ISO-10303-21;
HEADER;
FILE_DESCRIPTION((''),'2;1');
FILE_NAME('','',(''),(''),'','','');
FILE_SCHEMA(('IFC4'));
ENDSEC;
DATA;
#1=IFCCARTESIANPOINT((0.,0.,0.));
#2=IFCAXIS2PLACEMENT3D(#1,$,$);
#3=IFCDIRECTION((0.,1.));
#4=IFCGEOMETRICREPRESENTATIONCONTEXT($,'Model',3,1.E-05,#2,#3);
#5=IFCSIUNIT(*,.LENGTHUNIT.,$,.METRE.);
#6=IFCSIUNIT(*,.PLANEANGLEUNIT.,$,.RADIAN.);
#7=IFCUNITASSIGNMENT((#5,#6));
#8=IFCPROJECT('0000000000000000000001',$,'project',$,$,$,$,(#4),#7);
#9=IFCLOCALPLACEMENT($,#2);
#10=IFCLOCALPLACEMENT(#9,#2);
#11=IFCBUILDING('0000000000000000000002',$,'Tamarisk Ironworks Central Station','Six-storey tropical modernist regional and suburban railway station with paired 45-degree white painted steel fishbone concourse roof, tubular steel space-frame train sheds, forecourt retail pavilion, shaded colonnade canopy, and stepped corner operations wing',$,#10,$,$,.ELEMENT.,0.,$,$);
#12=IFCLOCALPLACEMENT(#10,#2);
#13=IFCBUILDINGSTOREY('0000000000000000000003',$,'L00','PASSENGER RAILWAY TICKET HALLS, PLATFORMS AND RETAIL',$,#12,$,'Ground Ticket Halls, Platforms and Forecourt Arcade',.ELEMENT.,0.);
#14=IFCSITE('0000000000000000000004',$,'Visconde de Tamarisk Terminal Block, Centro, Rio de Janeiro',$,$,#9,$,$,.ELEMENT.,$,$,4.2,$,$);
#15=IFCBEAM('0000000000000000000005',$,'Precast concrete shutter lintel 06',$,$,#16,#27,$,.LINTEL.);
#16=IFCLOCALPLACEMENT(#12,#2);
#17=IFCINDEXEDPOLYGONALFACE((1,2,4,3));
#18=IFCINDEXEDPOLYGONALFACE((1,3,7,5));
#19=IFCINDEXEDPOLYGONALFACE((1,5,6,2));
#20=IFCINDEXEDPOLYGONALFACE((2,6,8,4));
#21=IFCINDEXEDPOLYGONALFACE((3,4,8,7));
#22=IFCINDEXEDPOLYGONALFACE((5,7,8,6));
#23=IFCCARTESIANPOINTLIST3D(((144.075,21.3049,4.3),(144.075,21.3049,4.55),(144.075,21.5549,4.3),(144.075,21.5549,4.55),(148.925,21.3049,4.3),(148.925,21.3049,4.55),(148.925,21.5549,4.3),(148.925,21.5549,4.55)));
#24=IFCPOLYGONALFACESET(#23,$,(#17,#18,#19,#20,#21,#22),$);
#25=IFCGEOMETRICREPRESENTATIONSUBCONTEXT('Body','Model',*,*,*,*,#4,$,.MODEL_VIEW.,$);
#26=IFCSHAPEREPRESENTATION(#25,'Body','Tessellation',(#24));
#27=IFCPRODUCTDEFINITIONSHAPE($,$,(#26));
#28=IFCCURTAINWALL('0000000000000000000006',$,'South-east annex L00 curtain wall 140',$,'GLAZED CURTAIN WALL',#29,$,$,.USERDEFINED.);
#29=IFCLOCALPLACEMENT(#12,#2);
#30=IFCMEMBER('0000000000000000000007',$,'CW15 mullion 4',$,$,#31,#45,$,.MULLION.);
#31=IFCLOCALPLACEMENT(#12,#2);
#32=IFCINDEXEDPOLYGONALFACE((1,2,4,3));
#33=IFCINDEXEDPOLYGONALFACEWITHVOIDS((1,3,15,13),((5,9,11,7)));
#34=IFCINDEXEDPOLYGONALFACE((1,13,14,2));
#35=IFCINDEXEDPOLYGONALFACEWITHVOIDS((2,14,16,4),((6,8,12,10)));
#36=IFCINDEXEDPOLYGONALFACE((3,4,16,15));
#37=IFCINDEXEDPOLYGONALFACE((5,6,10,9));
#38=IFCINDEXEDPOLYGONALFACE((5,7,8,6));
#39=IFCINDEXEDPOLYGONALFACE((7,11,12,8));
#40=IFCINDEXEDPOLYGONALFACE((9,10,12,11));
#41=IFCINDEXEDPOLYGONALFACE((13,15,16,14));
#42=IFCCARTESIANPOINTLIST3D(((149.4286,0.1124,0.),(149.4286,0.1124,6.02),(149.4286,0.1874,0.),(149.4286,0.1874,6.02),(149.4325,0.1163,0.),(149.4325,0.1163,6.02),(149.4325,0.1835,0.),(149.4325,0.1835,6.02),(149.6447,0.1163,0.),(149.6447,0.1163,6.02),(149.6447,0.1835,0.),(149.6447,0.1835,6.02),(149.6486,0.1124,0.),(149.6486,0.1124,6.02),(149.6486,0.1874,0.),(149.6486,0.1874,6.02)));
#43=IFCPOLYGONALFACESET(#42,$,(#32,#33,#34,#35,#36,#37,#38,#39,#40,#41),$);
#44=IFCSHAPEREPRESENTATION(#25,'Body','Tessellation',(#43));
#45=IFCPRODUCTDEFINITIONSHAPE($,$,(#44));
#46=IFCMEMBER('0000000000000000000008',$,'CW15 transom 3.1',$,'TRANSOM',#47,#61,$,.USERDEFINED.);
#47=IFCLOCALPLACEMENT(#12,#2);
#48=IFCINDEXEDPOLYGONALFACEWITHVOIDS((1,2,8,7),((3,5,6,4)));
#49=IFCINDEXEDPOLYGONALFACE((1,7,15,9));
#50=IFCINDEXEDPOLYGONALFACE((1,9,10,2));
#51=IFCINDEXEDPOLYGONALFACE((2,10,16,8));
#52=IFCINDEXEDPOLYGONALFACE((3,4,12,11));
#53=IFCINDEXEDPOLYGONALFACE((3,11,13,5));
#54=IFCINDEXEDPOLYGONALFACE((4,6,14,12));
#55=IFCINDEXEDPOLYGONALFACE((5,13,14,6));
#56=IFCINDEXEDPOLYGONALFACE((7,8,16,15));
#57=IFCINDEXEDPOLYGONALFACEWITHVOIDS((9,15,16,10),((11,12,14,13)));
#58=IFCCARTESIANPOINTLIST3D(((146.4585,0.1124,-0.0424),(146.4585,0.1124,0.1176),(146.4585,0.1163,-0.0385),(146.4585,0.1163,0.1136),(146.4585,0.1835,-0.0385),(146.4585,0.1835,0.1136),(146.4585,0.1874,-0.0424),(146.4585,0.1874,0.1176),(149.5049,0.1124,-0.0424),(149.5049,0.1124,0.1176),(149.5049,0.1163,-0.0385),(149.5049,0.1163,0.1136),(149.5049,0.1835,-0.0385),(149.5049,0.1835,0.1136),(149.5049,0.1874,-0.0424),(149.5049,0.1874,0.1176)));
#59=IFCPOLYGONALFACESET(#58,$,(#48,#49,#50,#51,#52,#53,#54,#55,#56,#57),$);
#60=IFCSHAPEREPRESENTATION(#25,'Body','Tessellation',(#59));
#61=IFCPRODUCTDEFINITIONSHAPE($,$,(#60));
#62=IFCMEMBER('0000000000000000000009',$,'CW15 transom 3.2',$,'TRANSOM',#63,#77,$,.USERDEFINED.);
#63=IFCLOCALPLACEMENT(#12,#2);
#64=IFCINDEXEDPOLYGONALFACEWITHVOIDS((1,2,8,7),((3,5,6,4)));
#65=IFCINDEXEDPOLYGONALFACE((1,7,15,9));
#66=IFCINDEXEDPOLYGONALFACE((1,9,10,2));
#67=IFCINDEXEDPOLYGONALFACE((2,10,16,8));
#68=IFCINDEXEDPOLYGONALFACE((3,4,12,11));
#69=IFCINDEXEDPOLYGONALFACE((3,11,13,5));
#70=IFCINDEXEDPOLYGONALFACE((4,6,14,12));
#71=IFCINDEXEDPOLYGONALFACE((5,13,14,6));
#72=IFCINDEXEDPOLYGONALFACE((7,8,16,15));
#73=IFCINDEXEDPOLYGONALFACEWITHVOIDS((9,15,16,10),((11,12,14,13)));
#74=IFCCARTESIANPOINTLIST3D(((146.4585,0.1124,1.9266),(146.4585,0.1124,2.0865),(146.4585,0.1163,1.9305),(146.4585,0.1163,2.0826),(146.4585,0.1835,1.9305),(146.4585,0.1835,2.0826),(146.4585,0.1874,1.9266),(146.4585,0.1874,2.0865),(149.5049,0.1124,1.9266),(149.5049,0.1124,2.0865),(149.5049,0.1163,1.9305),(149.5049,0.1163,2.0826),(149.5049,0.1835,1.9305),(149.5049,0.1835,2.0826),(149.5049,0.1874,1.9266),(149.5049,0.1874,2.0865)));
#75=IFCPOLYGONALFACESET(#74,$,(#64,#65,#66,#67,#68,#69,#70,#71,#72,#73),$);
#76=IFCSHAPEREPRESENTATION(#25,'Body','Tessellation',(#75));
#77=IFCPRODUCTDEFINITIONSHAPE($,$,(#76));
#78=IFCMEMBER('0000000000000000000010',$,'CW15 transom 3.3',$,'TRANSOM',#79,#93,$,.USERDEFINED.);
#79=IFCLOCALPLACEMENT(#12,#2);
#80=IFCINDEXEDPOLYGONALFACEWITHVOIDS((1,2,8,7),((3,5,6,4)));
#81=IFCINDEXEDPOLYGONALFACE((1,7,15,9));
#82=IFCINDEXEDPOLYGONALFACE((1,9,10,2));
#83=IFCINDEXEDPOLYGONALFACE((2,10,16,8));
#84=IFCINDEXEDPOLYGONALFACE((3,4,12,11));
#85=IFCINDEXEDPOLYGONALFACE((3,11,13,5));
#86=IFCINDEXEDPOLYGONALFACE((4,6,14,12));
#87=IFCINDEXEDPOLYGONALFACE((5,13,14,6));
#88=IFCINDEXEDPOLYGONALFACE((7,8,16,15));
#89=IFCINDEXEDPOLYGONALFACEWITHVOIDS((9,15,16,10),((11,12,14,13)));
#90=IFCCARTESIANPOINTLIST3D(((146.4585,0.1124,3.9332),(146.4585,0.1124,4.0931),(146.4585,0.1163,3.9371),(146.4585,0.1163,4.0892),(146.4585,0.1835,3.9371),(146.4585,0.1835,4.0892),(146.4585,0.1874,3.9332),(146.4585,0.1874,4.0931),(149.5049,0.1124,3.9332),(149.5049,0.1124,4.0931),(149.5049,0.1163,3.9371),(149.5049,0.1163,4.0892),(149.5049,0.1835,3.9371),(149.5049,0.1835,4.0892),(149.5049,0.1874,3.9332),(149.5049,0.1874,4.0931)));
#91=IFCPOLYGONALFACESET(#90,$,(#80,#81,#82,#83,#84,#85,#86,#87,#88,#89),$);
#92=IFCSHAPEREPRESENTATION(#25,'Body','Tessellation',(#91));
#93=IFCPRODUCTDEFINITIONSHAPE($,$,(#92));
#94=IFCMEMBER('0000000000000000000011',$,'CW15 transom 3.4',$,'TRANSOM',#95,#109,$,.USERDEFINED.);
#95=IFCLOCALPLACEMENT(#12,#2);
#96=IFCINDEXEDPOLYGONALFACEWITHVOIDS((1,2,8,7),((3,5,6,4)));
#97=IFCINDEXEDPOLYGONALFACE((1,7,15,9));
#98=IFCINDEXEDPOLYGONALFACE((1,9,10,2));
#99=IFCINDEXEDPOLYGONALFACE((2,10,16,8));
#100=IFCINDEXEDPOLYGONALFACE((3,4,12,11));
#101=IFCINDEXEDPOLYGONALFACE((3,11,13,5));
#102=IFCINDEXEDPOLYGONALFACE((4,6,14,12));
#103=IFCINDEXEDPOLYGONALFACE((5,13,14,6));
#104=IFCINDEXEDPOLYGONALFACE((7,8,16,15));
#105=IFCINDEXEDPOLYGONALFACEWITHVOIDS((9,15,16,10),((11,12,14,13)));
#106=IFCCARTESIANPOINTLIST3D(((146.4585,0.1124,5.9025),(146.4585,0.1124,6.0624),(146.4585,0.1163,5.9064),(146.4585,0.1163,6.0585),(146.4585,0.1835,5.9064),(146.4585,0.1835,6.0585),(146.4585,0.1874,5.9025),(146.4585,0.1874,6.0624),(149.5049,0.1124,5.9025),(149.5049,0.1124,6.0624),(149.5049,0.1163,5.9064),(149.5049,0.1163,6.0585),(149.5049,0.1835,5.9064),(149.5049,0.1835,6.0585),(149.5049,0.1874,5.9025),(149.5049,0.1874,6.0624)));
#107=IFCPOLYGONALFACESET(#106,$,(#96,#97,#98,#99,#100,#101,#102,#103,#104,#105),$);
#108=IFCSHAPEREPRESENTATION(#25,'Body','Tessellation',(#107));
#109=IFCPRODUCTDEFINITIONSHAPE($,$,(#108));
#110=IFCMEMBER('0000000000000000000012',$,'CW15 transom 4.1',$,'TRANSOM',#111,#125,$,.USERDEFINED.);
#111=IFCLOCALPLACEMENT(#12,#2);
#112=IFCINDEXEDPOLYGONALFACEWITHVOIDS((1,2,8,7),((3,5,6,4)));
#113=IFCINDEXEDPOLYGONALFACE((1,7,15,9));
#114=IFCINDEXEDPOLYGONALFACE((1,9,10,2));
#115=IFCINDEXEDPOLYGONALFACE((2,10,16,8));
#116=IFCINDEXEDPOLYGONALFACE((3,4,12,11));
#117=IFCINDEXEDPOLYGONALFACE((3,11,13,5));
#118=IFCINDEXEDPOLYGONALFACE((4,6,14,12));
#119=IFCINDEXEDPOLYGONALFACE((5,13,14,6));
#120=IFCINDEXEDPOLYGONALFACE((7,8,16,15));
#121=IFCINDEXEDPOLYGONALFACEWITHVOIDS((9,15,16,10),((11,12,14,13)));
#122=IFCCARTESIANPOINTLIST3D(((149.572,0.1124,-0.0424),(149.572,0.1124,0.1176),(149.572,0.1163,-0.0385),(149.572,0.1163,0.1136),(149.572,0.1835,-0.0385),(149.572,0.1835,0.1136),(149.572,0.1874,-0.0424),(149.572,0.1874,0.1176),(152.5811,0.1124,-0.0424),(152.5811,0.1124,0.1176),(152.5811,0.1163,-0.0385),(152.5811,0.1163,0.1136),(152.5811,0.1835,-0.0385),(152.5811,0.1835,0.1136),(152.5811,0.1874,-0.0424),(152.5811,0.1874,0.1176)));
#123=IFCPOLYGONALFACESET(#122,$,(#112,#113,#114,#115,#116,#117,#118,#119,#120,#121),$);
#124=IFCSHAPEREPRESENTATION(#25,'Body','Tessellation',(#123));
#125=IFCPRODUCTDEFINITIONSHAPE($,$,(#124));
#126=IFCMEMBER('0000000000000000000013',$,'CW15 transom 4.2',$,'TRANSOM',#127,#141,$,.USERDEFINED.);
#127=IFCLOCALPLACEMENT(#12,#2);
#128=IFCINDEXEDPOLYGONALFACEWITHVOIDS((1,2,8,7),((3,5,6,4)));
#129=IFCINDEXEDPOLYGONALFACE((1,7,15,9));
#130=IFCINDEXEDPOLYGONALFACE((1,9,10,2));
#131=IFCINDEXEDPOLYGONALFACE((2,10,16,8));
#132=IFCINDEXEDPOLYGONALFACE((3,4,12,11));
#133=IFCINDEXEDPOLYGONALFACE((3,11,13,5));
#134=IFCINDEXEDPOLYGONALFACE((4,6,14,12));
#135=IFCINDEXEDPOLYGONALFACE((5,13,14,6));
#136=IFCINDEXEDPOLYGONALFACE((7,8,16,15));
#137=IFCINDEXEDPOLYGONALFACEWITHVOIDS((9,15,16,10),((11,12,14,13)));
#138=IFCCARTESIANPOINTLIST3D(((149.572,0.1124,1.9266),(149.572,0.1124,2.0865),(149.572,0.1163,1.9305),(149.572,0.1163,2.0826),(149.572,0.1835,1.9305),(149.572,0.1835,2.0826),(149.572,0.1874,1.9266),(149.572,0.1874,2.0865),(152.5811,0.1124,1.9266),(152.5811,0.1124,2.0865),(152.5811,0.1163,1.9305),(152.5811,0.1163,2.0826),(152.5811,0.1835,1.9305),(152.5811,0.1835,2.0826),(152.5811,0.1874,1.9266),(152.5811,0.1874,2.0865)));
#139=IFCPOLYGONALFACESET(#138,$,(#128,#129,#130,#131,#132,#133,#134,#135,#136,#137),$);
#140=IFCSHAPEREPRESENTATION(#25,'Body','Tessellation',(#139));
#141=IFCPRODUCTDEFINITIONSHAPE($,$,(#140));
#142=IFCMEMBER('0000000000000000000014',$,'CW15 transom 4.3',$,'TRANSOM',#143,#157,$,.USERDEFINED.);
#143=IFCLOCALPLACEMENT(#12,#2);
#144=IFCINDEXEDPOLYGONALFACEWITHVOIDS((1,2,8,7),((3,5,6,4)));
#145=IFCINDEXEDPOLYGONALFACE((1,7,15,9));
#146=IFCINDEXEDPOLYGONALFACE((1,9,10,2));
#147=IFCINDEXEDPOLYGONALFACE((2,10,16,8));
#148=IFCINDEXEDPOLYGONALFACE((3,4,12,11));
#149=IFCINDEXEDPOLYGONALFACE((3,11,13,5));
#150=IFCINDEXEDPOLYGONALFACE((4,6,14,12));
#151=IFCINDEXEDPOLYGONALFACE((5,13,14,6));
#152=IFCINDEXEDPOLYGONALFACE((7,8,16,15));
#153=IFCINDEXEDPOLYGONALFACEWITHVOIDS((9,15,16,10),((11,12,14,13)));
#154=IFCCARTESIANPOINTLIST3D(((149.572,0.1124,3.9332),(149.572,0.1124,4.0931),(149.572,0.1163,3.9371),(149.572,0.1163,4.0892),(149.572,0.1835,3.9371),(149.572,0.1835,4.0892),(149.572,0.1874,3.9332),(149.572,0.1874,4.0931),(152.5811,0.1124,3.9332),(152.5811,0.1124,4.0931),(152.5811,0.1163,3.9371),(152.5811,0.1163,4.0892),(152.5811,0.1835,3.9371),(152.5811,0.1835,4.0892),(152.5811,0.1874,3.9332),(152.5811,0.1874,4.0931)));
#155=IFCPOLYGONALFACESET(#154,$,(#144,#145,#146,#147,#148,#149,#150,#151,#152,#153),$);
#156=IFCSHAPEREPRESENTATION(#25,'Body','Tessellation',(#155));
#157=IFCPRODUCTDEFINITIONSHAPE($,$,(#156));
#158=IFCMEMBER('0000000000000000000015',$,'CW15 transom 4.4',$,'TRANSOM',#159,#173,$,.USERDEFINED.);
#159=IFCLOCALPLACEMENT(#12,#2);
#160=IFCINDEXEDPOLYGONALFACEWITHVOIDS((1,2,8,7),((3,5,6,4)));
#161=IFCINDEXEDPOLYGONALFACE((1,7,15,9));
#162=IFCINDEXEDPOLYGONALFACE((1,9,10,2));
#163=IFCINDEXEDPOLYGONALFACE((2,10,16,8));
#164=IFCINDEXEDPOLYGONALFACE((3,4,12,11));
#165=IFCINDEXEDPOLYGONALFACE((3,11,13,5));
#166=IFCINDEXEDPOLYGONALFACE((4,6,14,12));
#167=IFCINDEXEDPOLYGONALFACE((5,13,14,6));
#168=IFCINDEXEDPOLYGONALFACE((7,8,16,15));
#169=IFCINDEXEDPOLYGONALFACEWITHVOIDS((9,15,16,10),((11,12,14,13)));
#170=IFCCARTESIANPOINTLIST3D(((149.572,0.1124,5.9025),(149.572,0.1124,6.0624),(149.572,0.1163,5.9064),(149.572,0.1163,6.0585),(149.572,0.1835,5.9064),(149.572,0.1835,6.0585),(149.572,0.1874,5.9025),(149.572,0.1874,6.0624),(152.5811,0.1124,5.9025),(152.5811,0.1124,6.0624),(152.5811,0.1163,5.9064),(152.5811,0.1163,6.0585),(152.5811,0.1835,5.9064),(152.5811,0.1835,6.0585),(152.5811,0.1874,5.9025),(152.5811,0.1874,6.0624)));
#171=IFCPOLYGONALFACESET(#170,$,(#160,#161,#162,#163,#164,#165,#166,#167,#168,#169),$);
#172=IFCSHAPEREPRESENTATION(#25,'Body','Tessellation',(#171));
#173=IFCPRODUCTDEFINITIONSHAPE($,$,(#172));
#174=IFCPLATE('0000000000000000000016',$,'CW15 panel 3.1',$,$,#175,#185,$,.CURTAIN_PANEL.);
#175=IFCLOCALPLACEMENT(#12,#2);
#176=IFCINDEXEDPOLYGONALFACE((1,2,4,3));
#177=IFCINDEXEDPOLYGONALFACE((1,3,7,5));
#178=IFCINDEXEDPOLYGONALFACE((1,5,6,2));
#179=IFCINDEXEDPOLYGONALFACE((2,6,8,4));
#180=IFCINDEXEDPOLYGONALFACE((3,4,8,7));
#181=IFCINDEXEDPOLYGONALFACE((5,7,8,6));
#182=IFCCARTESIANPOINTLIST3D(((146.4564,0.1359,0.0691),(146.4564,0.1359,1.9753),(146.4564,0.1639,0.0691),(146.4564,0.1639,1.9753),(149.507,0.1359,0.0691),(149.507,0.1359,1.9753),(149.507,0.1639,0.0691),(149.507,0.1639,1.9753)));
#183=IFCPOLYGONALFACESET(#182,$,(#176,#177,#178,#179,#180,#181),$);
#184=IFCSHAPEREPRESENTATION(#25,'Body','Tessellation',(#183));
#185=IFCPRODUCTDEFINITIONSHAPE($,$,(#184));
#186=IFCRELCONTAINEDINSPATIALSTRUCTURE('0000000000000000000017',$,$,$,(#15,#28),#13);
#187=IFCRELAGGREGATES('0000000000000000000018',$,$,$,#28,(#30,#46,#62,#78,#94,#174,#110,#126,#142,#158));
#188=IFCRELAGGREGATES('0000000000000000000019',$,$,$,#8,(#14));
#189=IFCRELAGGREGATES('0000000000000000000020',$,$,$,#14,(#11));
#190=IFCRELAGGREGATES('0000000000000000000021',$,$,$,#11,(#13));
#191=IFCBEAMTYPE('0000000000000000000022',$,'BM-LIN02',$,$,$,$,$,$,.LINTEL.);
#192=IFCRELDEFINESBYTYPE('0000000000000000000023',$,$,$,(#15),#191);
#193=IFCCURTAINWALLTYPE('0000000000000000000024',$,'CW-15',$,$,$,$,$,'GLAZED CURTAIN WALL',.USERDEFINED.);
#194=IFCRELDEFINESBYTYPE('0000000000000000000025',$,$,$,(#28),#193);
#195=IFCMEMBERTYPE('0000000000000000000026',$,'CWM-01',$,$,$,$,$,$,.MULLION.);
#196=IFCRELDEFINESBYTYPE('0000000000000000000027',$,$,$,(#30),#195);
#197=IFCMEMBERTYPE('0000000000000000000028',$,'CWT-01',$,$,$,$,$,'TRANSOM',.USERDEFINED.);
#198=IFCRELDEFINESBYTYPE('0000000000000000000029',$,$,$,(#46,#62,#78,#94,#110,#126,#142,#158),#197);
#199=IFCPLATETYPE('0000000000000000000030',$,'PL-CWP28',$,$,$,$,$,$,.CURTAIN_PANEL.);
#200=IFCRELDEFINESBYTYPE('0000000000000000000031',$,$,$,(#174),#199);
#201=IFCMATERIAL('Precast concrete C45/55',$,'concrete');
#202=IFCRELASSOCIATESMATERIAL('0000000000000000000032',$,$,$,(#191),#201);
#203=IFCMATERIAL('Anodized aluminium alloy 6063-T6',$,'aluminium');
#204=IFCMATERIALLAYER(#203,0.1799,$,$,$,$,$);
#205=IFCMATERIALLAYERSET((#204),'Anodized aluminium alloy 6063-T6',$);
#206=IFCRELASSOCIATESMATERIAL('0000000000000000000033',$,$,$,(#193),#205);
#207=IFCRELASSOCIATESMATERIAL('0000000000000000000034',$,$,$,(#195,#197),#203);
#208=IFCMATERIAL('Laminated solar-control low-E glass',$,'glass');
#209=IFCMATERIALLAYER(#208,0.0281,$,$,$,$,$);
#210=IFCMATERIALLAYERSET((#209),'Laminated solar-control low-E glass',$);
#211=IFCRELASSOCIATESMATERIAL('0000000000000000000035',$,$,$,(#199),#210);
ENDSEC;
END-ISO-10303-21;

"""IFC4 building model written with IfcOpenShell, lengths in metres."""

from ifc_helpers import new_model, si_unit, direction, frame, origin, origin_2d, place, context, subcontext, project, spatial, rectangle, hollow_rectangle, extrude, material, layer, layer_set, material_profile, profile_set, type_object, element, aggregate, save


model = new_model("IFC4")

# Units and contexts
model_context = context("Model", 3, precision=1e-05, world=origin(), true_north=direction((0.0, 1.0)))
body_context = subcontext(model_context, "Body", "Model", "MODEL_VIEW")
ifc_project = project(units=[si_unit("LENGTHUNIT", "METRE"), si_unit("PLANEANGLEUNIT", "RADIAN")], contexts=[model_context])

# Site, building, storey
site_placement = place(None, origin())
site = spatial("IfcSite", under=ifc_project, at=site_placement, Name="Visconde de Tamarisk Terminal Block, Centro, Rio de Janeiro", CompositionType="ELEMENT", RefElevation=4.2)
building_placement = place(site_placement, origin())
building = spatial("IfcBuilding", under=site, at=building_placement, Name="Tamarisk Ironworks Central Station", Description="Six-storey tropical modernist regional and suburban railway station with paired 45-degree white painted steel fishbone concourse roof, tubular steel space-frame train sheds, forecourt retail pavilion, shaded colonnade canopy, and stepped corner operations wing", CompositionType="ELEMENT", ElevationOfRefHeight=0.0)
storey_placement = place(building_placement, origin())
storey = spatial("IfcBuildingStorey", under=building, at=storey_placement, Name="L00", Description="PASSENGER RAILWAY TICKET HALLS, PLATFORMS AND RETAIL", LongName="Ground Ticket Halls, Platforms and Forecourt Arcade", CompositionType="ELEMENT", Elevation=0.0)

# Beam
ifc_material_1 = material(Name="Precast concrete C45/55", Category="concrete")
ifc_material_profile_1 = material_profile(ifc_material_1, rectangle(XDim=0.25, YDim=0.25, at=origin_2d()), Name="PC LINTEL 250x250")
ifc_profile_set_1 = profile_set([ifc_material_profile_1], Name="Precast concrete C45/55")
beam_type = type_object("IfcBeamType", Name="BM-LIN02", PredefinedType="LINTEL", material=ifc_profile_set_1)
beam_placement = place(storey_placement, frame((144.075, 21.4299, 4.425), z_axis=(1.0, 0.0, 0.0), x_axis=(0.0, 1.0, 0.0)))
element("IfcBeam", 1, at=beam_placement, inside=storey, type_object=beam_type, Name="Precast concrete shutter lintel 06", PredefinedType="LINTEL", context=body_context, shape_type="SweptSolid", body=[
    extrude(rectangle(XDim=0.25, YDim=0.25, at=origin_2d()), origin(), (0.0, 0.0, 1.0), 4.8501),
])

# Curtain wall, members, plate
ifc_material_2 = material(Name="Anodized aluminium alloy 6063-T6", Category="aluminium")
ifc_layer_1 = layer(ifc_material_2, 0.1799)
ifc_layer_set_1 = layer_set([ifc_layer_1], Name="Anodized aluminium alloy 6063-T6")
curtain_wall_type = type_object("IfcCurtainWallType", Name="CW-15", ElementType="GLAZED CURTAIN WALL", PredefinedType="USERDEFINED", material=ifc_layer_set_1)
curtain_wall_placement = place(storey_placement, origin())
curtain_wall = element("IfcCurtainWall", 2, at=curtain_wall_placement, inside=storey, type_object=curtain_wall_type, Name="South-east annex L00 curtain wall 140", ObjectType="GLAZED CURTAIN WALL", PredefinedType="USERDEFINED")
ifc_material_profile_2 = material_profile(ifc_material_2, hollow_rectangle(XDim=0.075, YDim=0.22, WallThickness=0.0039, at=origin_2d()), Name="ALUM 220x75")
ifc_profile_set_2 = profile_set([ifc_material_profile_2], Name="Anodized aluminium alloy 6063-T6")
member_type_1 = type_object("IfcMemberType", Name="CWM-01", PredefinedType="MULLION", material=ifc_profile_set_2)
member_1_placement = place(storey_placement, frame((149.5386, 0.1499, 0.0), z_axis=(0.0, 0.0, 1.0), x_axis=(0.0, 1.0, 0.0)))
member_1 = element("IfcMember", 3, at=member_1_placement, type_object=member_type_1, Name="CW15 mullion 4", PredefinedType="MULLION", context=body_context, shape_type="SweptSolid", body=[
    extrude(hollow_rectangle(XDim=0.075, YDim=0.22, WallThickness=0.0039, at=origin_2d()), origin(), (0.0, 0.0, 1.0), 6.02),
])
ifc_material_profile_3 = material_profile(ifc_material_2, hollow_rectangle(XDim=0.075, YDim=0.1599, WallThickness=0.0039, at=origin_2d()), Name="ALUM 160x75")
ifc_profile_set_3 = profile_set([ifc_material_profile_3], Name="Anodized aluminium alloy 6063-T6")
member_type_2 = type_object("IfcMemberType", Name="CWT-01", ElementType="TRANSOM", PredefinedType="USERDEFINED", material=ifc_profile_set_3)
member_2_placement = place(storey_placement, frame((146.4585, 0.1499, 0.0376), z_axis=(1.0, 0.0, 0.0), x_axis=(0.0, 1.0, 0.0)))
member_2 = element("IfcMember", 4, at=member_2_placement, type_object=member_type_2, Name="CW15 transom 3.1", ObjectType="TRANSOM", PredefinedType="USERDEFINED", context=body_context, shape_type="SweptSolid", body=[
    extrude(hollow_rectangle(XDim=0.075, YDim=0.1599, WallThickness=0.0039, at=origin_2d()), origin(), (0.0, 0.0, 1.0), 3.0464),
])
member_3_placement = place(storey_placement, frame((146.4585, 0.1499, 2.0066), z_axis=(1.0, 0.0, 0.0), x_axis=(0.0, 1.0, 0.0)))
member_3 = element("IfcMember", 5, at=member_3_placement, type_object=member_type_2, Name="CW15 transom 3.2", ObjectType="TRANSOM", PredefinedType="USERDEFINED", context=body_context, shape_type="SweptSolid", body=[
    extrude(hollow_rectangle(XDim=0.075, YDim=0.1599, WallThickness=0.0039, at=origin_2d()), origin(), (0.0, 0.0, 1.0), 3.0464),
])
member_4_placement = place(storey_placement, frame((146.4585, 0.1499, 4.0132), z_axis=(1.0, 0.0, 0.0), x_axis=(0.0, 1.0, 0.0)))
member_4 = element("IfcMember", 6, at=member_4_placement, type_object=member_type_2, Name="CW15 transom 3.3", ObjectType="TRANSOM", PredefinedType="USERDEFINED", context=body_context, shape_type="SweptSolid", body=[
    extrude(hollow_rectangle(XDim=0.075, YDim=0.1599, WallThickness=0.0039, at=origin_2d()), origin(), (0.0, 0.0, 1.0), 3.0464),
])
member_5_placement = place(storey_placement, frame((146.4585, 0.1499, 5.9824), z_axis=(1.0, 0.0, 0.0), x_axis=(0.0, 1.0, 0.0)))
member_5 = element("IfcMember", 7, at=member_5_placement, type_object=member_type_2, Name="CW15 transom 3.4", ObjectType="TRANSOM", PredefinedType="USERDEFINED", context=body_context, shape_type="SweptSolid", body=[
    extrude(hollow_rectangle(XDim=0.075, YDim=0.1599, WallThickness=0.0039, at=origin_2d()), origin(), (0.0, 0.0, 1.0), 3.0464),
])
member_6_placement = place(storey_placement, frame((149.572, 0.1499, 0.0376), z_axis=(1.0, 0.0, 0.0), x_axis=(0.0, 1.0, 0.0)))
member_6 = element("IfcMember", 8, at=member_6_placement, type_object=member_type_2, Name="CW15 transom 4.1", ObjectType="TRANSOM", PredefinedType="USERDEFINED", context=body_context, shape_type="SweptSolid", body=[
    extrude(hollow_rectangle(XDim=0.075, YDim=0.1599, WallThickness=0.0039, at=origin_2d()), origin(), (0.0, 0.0, 1.0), 3.009),
])
member_7_placement = place(storey_placement, frame((149.572, 0.1499, 2.0066), z_axis=(1.0, 0.0, 0.0), x_axis=(0.0, 1.0, 0.0)))
member_7 = element("IfcMember", 9, at=member_7_placement, type_object=member_type_2, Name="CW15 transom 4.2", ObjectType="TRANSOM", PredefinedType="USERDEFINED", context=body_context, shape_type="SweptSolid", body=[
    extrude(hollow_rectangle(XDim=0.075, YDim=0.1599, WallThickness=0.0039, at=origin_2d()), origin(), (0.0, 0.0, 1.0), 3.009),
])
member_8_placement = place(storey_placement, frame((149.572, 0.1499, 4.0132), z_axis=(1.0, 0.0, 0.0), x_axis=(0.0, 1.0, 0.0)))
member_8 = element("IfcMember", 10, at=member_8_placement, type_object=member_type_2, Name="CW15 transom 4.3", ObjectType="TRANSOM", PredefinedType="USERDEFINED", context=body_context, shape_type="SweptSolid", body=[
    extrude(hollow_rectangle(XDim=0.075, YDim=0.1599, WallThickness=0.0039, at=origin_2d()), origin(), (0.0, 0.0, 1.0), 3.009),
])
member_9_placement = place(storey_placement, frame((149.572, 0.1499, 5.9824), z_axis=(1.0, 0.0, 0.0), x_axis=(0.0, 1.0, 0.0)))
member_9 = element("IfcMember", 11, at=member_9_placement, type_object=member_type_2, Name="CW15 transom 4.4", ObjectType="TRANSOM", PredefinedType="USERDEFINED", context=body_context, shape_type="SweptSolid", body=[
    extrude(hollow_rectangle(XDim=0.075, YDim=0.1599, WallThickness=0.0039, at=origin_2d()), origin(), (0.0, 0.0, 1.0), 3.009),
])
ifc_material_3 = material(Name="Laminated solar-control low-E glass", Category="glass")
ifc_layer_2 = layer(ifc_material_3, 0.0281)
ifc_layer_set_2 = layer_set([ifc_layer_2], Name="Laminated solar-control low-E glass")
plate_type = type_object("IfcPlateType", Name="PL-CWP28", PredefinedType="CURTAIN_PANEL", material=ifc_layer_set_2)
plate_1_placement = place(storey_placement, frame((147.9817, 0.1499, 0.0691), z_axis=(0.0, 0.0, 1.0), x_axis=(1.0, 0.0, 0.0)))
plate_1 = element("IfcPlate", 12, at=plate_1_placement, type_object=plate_type, Name="CW15 panel 3.1", PredefinedType="CURTAIN_PANEL", context=body_context, shape_type="SweptSolid", body=[
    extrude(rectangle(XDim=3.0505, YDim=0.0281, at=origin_2d()), origin(), (0.0, 0.0, 1.0), 1.9062),
])
aggregate(curtain_wall, [member_1, member_2, member_3, member_4, member_5, plate_1, member_6, member_7, member_8, member_9])

save(model, "model.ifc")
